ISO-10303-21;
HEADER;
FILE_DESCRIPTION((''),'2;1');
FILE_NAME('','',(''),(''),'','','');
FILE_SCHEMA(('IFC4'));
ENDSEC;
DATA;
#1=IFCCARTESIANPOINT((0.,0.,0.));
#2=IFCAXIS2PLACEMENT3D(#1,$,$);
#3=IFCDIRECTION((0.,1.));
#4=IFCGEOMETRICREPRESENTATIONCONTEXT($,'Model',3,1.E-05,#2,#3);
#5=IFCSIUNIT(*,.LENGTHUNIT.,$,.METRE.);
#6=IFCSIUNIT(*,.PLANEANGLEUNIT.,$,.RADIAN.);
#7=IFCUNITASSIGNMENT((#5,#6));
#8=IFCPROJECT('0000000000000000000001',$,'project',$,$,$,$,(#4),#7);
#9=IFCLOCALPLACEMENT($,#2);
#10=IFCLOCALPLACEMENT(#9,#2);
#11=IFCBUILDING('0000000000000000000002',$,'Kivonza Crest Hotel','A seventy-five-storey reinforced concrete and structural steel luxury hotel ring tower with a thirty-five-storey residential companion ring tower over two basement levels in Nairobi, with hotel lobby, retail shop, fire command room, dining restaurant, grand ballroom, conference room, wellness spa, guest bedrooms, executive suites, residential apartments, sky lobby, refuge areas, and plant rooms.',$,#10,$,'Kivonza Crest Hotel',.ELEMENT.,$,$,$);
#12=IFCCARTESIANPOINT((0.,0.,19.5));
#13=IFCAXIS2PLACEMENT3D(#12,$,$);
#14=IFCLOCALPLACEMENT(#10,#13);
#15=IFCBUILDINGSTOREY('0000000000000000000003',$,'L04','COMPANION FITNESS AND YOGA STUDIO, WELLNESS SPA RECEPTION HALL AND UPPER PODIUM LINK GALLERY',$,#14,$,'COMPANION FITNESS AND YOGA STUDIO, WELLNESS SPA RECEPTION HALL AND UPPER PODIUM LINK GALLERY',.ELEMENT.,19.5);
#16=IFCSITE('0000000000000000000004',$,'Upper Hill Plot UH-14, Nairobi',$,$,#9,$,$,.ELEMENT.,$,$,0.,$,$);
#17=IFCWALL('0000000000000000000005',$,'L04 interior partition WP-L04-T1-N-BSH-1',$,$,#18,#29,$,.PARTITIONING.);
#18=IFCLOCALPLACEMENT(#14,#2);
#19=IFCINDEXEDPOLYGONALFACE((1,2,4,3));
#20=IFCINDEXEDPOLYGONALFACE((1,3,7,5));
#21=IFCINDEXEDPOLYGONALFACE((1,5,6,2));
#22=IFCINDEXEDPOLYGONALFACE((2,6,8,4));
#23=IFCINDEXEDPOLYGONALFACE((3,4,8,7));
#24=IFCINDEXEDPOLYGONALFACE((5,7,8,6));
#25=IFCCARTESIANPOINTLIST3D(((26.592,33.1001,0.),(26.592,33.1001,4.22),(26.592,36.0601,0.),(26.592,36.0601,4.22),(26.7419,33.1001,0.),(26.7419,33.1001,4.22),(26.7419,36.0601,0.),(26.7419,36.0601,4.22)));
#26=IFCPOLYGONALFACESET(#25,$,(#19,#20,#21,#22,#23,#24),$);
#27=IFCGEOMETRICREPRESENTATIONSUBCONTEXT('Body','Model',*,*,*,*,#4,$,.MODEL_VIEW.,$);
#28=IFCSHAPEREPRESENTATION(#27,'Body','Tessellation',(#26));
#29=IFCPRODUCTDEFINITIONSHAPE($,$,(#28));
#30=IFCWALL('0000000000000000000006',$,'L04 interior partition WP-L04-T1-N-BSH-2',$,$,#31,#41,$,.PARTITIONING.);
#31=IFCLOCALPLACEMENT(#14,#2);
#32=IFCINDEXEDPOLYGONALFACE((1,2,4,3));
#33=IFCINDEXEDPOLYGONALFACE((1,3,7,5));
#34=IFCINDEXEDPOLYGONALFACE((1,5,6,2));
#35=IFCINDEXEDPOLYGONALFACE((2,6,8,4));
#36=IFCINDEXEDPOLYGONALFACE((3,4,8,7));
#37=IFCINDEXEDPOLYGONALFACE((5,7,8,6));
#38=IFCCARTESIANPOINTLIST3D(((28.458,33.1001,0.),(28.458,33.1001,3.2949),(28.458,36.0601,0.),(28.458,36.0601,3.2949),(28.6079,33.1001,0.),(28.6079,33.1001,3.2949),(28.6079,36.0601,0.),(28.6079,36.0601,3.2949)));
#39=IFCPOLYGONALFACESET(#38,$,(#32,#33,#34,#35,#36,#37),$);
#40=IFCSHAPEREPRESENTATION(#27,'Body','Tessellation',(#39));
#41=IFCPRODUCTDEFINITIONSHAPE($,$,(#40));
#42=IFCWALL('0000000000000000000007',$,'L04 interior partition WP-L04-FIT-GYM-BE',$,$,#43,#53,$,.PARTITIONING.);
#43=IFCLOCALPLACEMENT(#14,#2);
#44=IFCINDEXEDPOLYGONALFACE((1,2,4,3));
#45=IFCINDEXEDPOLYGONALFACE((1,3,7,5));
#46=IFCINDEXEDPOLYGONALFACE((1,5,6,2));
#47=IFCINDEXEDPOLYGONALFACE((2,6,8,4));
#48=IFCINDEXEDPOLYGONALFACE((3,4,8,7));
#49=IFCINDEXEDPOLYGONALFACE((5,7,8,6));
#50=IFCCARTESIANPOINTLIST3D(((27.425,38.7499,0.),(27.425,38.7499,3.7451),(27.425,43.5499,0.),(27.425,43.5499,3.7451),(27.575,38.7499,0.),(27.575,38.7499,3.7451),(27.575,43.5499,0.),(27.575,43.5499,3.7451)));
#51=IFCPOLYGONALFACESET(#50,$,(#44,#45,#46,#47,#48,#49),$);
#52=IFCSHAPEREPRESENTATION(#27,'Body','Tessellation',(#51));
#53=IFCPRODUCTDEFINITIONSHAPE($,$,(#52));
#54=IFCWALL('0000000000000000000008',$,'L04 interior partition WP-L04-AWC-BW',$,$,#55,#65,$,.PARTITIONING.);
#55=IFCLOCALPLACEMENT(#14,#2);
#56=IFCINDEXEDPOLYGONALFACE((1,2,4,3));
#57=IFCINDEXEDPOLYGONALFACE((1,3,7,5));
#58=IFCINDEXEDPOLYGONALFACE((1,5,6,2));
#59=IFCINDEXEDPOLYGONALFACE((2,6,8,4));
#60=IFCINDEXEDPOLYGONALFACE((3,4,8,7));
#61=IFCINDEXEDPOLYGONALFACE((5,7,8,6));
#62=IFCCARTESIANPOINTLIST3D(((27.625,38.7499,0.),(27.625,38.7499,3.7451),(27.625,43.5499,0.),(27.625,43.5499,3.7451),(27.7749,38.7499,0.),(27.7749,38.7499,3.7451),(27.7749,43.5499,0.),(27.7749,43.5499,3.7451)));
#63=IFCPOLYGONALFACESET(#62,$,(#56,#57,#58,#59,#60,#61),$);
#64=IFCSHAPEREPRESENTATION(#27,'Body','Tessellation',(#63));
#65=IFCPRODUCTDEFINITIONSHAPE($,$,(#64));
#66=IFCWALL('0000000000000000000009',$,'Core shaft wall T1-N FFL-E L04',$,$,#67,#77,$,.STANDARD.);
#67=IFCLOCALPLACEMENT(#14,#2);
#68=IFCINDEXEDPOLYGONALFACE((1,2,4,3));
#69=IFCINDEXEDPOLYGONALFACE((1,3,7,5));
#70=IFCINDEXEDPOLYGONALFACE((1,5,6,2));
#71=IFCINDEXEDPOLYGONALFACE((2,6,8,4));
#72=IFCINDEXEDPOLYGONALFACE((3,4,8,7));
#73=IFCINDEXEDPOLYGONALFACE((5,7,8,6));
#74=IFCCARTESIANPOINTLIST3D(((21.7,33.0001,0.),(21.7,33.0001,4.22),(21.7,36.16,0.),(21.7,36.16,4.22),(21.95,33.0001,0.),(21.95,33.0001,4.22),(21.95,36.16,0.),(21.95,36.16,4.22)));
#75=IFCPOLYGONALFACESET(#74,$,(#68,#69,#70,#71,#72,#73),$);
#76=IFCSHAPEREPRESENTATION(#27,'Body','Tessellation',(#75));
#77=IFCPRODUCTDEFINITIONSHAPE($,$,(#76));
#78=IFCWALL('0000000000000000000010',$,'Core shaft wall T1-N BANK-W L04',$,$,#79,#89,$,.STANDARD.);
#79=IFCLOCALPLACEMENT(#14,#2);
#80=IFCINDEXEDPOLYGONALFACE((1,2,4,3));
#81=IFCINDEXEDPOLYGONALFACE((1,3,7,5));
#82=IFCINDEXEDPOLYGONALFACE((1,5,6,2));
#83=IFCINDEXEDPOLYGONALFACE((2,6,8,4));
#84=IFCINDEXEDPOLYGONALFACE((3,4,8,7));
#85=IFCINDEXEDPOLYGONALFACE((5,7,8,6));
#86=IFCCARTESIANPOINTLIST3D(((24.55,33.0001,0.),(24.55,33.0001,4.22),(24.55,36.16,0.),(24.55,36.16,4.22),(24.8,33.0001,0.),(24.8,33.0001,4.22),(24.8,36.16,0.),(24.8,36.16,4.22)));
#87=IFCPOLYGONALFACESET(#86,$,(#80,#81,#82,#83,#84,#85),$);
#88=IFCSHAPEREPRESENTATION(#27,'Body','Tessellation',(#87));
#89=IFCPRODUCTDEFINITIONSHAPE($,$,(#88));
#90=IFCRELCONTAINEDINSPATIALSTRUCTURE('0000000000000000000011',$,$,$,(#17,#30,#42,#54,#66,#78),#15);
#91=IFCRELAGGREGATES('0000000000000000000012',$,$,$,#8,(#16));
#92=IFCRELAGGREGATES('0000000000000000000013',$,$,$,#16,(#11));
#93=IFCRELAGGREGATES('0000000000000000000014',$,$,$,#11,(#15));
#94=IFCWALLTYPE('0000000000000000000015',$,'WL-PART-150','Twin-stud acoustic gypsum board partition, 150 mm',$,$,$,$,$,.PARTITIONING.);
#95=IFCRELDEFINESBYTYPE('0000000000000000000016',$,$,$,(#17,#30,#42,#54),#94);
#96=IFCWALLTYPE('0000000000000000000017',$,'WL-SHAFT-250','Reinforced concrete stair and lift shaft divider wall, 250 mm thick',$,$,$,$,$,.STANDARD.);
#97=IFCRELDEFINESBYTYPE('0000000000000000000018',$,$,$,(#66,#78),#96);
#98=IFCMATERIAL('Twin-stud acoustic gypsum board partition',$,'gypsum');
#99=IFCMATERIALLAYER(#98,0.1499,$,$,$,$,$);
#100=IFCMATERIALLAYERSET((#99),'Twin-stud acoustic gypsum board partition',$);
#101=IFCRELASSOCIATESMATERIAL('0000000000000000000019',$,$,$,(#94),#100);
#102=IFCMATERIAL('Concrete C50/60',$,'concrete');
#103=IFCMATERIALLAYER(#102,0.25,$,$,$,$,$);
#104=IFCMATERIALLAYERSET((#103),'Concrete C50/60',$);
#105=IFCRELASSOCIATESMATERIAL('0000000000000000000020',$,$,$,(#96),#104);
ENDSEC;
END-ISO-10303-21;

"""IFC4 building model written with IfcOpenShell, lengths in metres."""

from ifc_helpers import new_model, si_unit, direction, frame, frame_2d, origin, place, context, subcontext, project, spatial, rectangle, extrude, material, layer, layer_set, type_object, element, save


model = new_model("IFC4")

# Units and contexts
model_context = context("Model", 3, precision=1e-05, world=origin(), true_north=direction((0.0, 1.0)))
body_context = subcontext(model_context, "Body", "Model", "MODEL_VIEW")
ifc_project = project(units=[si_unit("LENGTHUNIT", "METRE"), si_unit("PLANEANGLEUNIT", "RADIAN")], contexts=[model_context])

# Site, building, storey
site_placement = place(None, origin())
site = spatial("IfcSite", under=ifc_project, at=site_placement, Name="Upper Hill Plot UH-14, Nairobi", CompositionType="ELEMENT", RefElevation=0.0)
building_placement = place(site_placement, origin())
building = spatial("IfcBuilding", under=site, at=building_placement, Name="Kivonza Crest Hotel", Description="A seventy-five-storey reinforced concrete and structural steel luxury hotel ring tower with a thirty-five-storey residential companion ring tower over two basement levels in Nairobi, with hotel lobby, retail shop, fire command room, dining restaurant, grand ballroom, conference room, wellness spa, guest bedrooms, executive suites, residential apartments, sky lobby, refuge areas, and plant rooms.", LongName="Kivonza Crest Hotel", CompositionType="ELEMENT")
storey_placement = place(building_placement, frame((0.0, 0.0, 19.5)))
storey = spatial("IfcBuildingStorey", under=building, at=storey_placement, Name="L04", Description="COMPANION FITNESS AND YOGA STUDIO, WELLNESS SPA RECEPTION HALL AND UPPER PODIUM LINK GALLERY", LongName="COMPANION FITNESS AND YOGA STUDIO, WELLNESS SPA RECEPTION HALL AND UPPER PODIUM LINK GALLERY", CompositionType="ELEMENT", Elevation=19.5)

# Walls
ifc_material_1 = material(Name="Twin-stud acoustic gypsum board partition", Category="gypsum")
ifc_layer_1 = layer(ifc_material_1, 0.1499)
ifc_layer_set_1 = layer_set([ifc_layer_1], Name="Twin-stud acoustic gypsum board partition")
wall_type_1 = type_object("IfcWallType", Name="WL-PART-150", Description="Twin-stud acoustic gypsum board partition, 150 mm", PredefinedType="PARTITIONING", material=ifc_layer_set_1)
wall_1_placement = place(storey_placement, frame((26.667, 33.1001, 0.0), z_axis=(0.0, 0.0, 1.0), x_axis=(0.0, 1.0, 0.0)))
element("IfcWall", 1, at=wall_1_placement, inside=storey, type_object=wall_type_1, Name="L04 interior partition WP-L04-T1-N-BSH-1", PredefinedType="PARTITIONING", context=body_context, shape_type="SweptSolid", body=[
    extrude(rectangle(XDim=2.96, YDim=0.1499, at=frame_2d((1.48, 0.0))), origin(), (0.0, 0.0, 1.0), 4.22),
])
wall_2_placement = place(storey_placement, frame((28.533, 33.1001, 0.0), z_axis=(0.0, 0.0, 1.0), x_axis=(0.0, 1.0, 0.0)))
element("IfcWall", 2, at=wall_2_placement, inside=storey, type_object=wall_type_1, Name="L04 interior partition WP-L04-T1-N-BSH-2", PredefinedType="PARTITIONING", context=body_context, shape_type="SweptSolid", body=[
    extrude(rectangle(XDim=2.96, YDim=0.1499, at=frame_2d((1.48, 0.0))), origin(), (0.0, 0.0, 1.0), 3.2949),
])
for number, where, z_axis, x_axis, name in (
    (3, (27.5, 38.75, 0.0), (0.0, 0.0, 1.0), (0.0, 1.0, 0.0), "L04 interior partition WP-L04-FIT-GYM-BE"),
    (4, (27.7, 38.75, 0.0), (0.0, 0.0, 1.0), (0.0, 1.0, 0.0), "L04 interior partition WP-L04-AWC-BW"),
):
    element("IfcWall", number, at=place(storey_placement, frame(where, z_axis=z_axis, x_axis=x_axis)), inside=storey, type_object=wall_type_1, Name=name, PredefinedType="PARTITIONING", context=body_context, shape_type="SweptSolid", body=[
        extrude(rectangle(XDim=4.8, YDim=0.1499, at=frame_2d((2.3999, 0.0))), origin(), (0.0, 0.0, 1.0), 3.7451),
    ])

# Shared definitions
ifc_material_2 = material(Name="Concrete C50/60", Category="concrete")
ifc_layer_2 = layer(ifc_material_2, 0.25)
ifc_layer_set_2 = layer_set([ifc_layer_2], Name="Concrete C50/60")
wall_type_2 = type_object("IfcWallType", Name="WL-SHAFT-250", Description="Reinforced concrete stair and lift shaft divider wall, 250 mm thick", PredefinedType="STANDARD", material=ifc_layer_set_2)

# Walls
for number, where, z_axis, x_axis, name in (
    (5, (21.825, 33.0, 0.0), (0.0, 0.0, 1.0), (0.0, 1.0, 0.0), "Core shaft wall T1-N FFL-E L04"),
    (6, (24.675, 33.0, 0.0), (0.0, 0.0, 1.0), (0.0, 1.0, 0.0), "Core shaft wall T1-N BANK-W L04"),
):
    element("IfcWall", number, at=place(storey_placement, frame(where, z_axis=z_axis, x_axis=x_axis)), inside=storey, type_object=wall_type_2, Name=name, PredefinedType="STANDARD", context=body_context, shape_type="SweptSolid", body=[
        extrude(rectangle(XDim=3.1599, YDim=0.25, at=frame_2d((1.5801, 0.0))), origin(), (0.0, 0.0, 1.0), 4.22),
    ])

save(model, "model.ifc")
